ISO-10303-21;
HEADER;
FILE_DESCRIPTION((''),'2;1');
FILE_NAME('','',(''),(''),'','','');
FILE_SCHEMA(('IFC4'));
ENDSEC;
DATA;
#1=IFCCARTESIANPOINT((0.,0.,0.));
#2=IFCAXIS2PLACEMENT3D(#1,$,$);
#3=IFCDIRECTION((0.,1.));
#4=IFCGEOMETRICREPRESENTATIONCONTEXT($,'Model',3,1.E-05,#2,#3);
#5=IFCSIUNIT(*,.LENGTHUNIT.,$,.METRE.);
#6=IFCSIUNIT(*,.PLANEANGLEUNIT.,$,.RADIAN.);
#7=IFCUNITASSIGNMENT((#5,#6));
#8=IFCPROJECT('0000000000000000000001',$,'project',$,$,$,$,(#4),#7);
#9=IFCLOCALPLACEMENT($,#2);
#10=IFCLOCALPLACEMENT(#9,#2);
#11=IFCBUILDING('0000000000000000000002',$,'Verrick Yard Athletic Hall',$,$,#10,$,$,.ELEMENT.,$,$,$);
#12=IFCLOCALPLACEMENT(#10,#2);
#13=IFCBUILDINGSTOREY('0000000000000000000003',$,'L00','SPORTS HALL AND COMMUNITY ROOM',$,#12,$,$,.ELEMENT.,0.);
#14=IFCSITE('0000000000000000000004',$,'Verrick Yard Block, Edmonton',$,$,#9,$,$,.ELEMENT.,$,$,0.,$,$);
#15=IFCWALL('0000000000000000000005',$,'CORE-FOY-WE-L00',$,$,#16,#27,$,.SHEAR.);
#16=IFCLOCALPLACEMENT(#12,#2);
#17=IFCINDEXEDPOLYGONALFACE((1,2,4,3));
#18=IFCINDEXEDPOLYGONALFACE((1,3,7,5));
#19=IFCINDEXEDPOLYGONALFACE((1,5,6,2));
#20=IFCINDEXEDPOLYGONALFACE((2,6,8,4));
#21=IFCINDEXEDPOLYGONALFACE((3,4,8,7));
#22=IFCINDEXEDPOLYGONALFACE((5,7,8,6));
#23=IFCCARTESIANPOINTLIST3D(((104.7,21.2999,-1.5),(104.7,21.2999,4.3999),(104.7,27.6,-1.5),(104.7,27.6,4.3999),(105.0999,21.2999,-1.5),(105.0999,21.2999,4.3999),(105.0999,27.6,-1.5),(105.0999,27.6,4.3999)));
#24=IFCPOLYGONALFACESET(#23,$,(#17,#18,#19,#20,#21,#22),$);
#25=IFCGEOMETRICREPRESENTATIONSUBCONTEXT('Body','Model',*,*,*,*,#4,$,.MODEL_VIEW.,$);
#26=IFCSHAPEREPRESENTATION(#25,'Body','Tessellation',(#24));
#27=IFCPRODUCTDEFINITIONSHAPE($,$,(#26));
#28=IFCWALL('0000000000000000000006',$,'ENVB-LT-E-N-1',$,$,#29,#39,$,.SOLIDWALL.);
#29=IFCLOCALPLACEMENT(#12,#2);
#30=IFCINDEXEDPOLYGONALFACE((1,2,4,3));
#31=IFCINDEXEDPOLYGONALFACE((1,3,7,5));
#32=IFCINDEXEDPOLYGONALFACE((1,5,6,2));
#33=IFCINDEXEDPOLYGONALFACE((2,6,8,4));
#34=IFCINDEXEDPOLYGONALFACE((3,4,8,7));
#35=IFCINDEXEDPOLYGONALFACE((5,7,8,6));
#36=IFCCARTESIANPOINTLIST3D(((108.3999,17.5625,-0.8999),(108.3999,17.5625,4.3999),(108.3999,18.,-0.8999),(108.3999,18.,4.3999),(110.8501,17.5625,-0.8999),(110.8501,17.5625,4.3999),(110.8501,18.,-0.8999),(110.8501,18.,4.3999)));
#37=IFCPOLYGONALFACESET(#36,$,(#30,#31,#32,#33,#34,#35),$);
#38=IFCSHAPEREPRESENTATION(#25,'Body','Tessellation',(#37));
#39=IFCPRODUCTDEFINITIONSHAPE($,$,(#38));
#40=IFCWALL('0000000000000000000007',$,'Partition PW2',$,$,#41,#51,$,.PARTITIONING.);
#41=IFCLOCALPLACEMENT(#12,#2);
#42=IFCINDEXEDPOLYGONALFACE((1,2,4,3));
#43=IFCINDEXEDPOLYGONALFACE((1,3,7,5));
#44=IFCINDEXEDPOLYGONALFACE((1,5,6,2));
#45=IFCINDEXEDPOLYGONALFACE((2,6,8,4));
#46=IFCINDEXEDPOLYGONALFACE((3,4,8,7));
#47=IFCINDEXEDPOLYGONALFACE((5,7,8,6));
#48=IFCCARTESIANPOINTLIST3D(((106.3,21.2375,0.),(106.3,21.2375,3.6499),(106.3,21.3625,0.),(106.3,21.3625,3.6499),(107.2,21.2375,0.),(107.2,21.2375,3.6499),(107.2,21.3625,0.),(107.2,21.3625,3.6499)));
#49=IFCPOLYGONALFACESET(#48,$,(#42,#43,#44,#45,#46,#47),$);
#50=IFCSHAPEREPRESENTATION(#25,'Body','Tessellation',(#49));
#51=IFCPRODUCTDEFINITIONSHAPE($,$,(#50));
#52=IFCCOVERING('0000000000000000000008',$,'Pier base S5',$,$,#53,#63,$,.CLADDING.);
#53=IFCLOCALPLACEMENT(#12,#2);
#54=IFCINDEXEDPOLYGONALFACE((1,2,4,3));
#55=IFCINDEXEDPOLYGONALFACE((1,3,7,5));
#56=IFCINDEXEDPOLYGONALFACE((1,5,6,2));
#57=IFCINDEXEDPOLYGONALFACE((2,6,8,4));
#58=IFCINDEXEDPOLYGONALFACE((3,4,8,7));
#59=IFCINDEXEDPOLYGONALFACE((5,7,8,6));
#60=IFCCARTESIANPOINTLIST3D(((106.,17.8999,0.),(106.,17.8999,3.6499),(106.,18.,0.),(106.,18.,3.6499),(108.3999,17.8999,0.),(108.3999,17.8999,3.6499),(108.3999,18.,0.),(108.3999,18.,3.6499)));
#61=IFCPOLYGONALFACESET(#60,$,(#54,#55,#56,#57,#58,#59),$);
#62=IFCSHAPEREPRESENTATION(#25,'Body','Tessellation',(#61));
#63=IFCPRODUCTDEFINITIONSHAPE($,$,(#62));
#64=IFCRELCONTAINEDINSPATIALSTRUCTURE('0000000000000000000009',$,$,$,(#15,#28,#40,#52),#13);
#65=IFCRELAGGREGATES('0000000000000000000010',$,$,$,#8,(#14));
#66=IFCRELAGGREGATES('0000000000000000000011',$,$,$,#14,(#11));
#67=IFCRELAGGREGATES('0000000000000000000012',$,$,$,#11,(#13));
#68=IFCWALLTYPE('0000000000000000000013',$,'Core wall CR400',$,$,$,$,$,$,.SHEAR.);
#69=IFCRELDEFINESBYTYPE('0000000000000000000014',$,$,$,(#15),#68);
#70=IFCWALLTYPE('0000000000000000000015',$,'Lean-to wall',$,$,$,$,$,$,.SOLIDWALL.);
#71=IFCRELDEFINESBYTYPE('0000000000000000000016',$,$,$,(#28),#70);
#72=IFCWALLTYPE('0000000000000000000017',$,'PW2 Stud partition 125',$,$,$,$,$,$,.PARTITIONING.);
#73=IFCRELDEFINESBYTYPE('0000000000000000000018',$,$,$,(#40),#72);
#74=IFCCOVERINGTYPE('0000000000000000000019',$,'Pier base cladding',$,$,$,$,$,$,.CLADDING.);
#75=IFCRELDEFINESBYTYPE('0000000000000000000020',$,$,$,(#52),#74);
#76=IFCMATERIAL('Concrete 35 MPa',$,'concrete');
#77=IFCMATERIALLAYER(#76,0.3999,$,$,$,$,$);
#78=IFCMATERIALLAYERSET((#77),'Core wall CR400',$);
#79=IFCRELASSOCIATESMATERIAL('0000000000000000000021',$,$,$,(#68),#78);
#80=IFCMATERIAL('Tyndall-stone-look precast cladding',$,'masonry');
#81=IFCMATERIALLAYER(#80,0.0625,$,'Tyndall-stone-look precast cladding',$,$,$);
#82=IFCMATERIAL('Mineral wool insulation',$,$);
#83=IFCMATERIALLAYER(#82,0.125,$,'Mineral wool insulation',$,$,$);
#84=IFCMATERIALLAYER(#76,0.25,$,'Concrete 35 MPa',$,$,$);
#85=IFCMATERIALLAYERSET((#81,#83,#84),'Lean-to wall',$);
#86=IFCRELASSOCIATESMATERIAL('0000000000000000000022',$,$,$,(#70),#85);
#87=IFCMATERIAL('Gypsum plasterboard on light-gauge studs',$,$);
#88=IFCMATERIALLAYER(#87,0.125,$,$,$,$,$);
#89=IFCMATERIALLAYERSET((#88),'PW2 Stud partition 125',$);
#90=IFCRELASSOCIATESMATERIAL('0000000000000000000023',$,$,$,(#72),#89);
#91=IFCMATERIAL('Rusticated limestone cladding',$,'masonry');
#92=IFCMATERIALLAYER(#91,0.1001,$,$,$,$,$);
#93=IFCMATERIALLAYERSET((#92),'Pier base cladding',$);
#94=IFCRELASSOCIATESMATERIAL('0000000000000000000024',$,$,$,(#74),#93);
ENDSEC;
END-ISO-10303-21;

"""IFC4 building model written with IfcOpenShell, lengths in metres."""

from ifc_helpers import new_model, si_unit, direction, frame, frame_2d, origin, origin_2d, place, context, subcontext, project, spatial, rectangle, extrude, material, layer, layer_set, type_object, element, save


model = new_model("IFC4")

# Units and contexts
model_context = context("Model", 3, precision=1e-05, world=origin(), true_north=direction((0.0, 1.0)))
body_context = subcontext(model_context, "Body", "Model", "MODEL_VIEW")
ifc_project = project(units=[si_unit("LENGTHUNIT", "METRE"), si_unit("PLANEANGLEUNIT", "RADIAN")], contexts=[model_context])

# Site, building, storey
site_placement = place(None, origin())
site = spatial("IfcSite", under=ifc_project, at=site_placement, Name="Verrick Yard Block, Edmonton", CompositionType="ELEMENT", RefElevation=0.0)
building_placement = place(site_placement, origin())
building = spatial("IfcBuilding", under=site, at=building_placement, Name="Verrick Yard Athletic Hall", CompositionType="ELEMENT")
storey_placement = place(building_placement, origin())
storey = spatial("IfcBuildingStorey", under=building, at=storey_placement, Name="L00", Description="SPORTS HALL AND COMMUNITY ROOM", CompositionType="ELEMENT", Elevation=0.0)

# Shared definitions
ifc_material_1 = material(Name="Concrete 35 MPa", Category="concrete")

# Walls
ifc_layer_1 = layer(ifc_material_1, 0.3999)
ifc_layer_set_1 = layer_set([ifc_layer_1], Name="Core wall CR400")
wall_type_1 = type_object("IfcWallType", Name="Core wall CR400", PredefinedType="SHEAR", material=ifc_layer_set_1)
wall_1_placement = place(storey_placement, frame((104.8999, 21.3, -1.5), z_axis=(0.0, 0.0, 1.0), x_axis=(0.0, 1.0, 0.0)))
element("IfcWall", 1, at=wall_1_placement, inside=storey, type_object=wall_type_1, Name="CORE-FOY-WE-L00", PredefinedType="SHEAR", context=body_context, shape_type="SweptSolid", body=[
    extrude(rectangle(XDim=6.3, YDim=0.3999, at=frame_2d((3.1499, 0.0))), origin(), (0.0, 0.0, 1.0), 5.8999),
])
ifc_material_2 = material(Name="Tyndall-stone-look precast cladding", Category="masonry")
ifc_layer_2 = layer(ifc_material_2, 0.0625, Name="Tyndall-stone-look precast cladding")
ifc_material_3 = material(Name="Mineral wool insulation")
ifc_layer_3 = layer(ifc_material_3, 0.125, Name="Mineral wool insulation")
ifc_layer_4 = layer(ifc_material_1, 0.25, Name="Concrete 35 MPa")
ifc_layer_set_2 = layer_set([ifc_layer_2, ifc_layer_3, ifc_layer_4], Name="Lean-to wall")
wall_type_2 = type_object("IfcWallType", Name="Lean-to wall", PredefinedType="SOLIDWALL", material=ifc_layer_set_2)
wall_2_placement = place(storey_placement, frame((108.3999, 17.7812, -0.8999), z_axis=(0.0, 0.0, 1.0), x_axis=(1.0, 0.0, 0.0)))
element("IfcWall", 2, at=wall_2_placement, inside=storey, type_object=wall_type_2, Name="ENVB-LT-E-N-1", PredefinedType="SOLIDWALL", context=body_context, shape_type="SweptSolid", body=[
    extrude(rectangle(XDim=2.4502, YDim=0.4375, at=frame_2d((1.2251, 0.0))), origin(), (0.0, 0.0, 1.0), 5.2998),
])
ifc_material_4 = material(Name="Gypsum plasterboard on light-gauge studs")
ifc_layer_5 = layer(ifc_material_4, 0.125)
ifc_layer_set_3 = layer_set([ifc_layer_5], Name="PW2 Stud partition 125")
wall_type_3 = type_object("IfcWallType", Name="PW2 Stud partition 125", PredefinedType="PARTITIONING", material=ifc_layer_set_3)
wall_3_placement = place(storey_placement, frame((106.3, 21.3, 0.0), z_axis=(0.0, 0.0, 1.0), x_axis=(1.0, 0.0, 0.0)))
element("IfcWall", 3, at=wall_3_placement, inside=storey, type_object=wall_type_3, Name="Partition PW2", PredefinedType="PARTITIONING", context=body_context, shape_type="SweptSolid", body=[
    extrude(rectangle(XDim=0.8999, YDim=0.125, at=frame_2d((0.45, 0.0))), origin(), (0.0, 0.0, 1.0), 3.6499),
])

# Shared definitions
ifc_material_5 = material(Name="Rusticated limestone cladding", Category="masonry")

# Covering
ifc_layer_6 = layer(ifc_material_5, 0.1001)
ifc_layer_set_4 = layer_set([ifc_layer_6], Name="Pier base cladding")
covering_type = type_object("IfcCoveringType", Name="Pier base cladding", PredefinedType="CLADDING", material=ifc_layer_set_4)
covering_placement = place(storey_placement, frame((107.2, 17.95, 0.0), z_axis=(0.0, 0.0, 1.0), x_axis=(1.0, 0.0, 0.0)))
element("IfcCovering", 4, at=covering_placement, inside=storey, type_object=covering_type, Name="Pier base S5", PredefinedType="CLADDING", context=body_context, shape_type="SweptSolid", body=[
    extrude(rectangle(XDim=2.3999, YDim=0.1001, at=origin_2d()), origin(), (0.0, 0.0, 1.0), 3.6499),
])

save(model, "model.ifc")
